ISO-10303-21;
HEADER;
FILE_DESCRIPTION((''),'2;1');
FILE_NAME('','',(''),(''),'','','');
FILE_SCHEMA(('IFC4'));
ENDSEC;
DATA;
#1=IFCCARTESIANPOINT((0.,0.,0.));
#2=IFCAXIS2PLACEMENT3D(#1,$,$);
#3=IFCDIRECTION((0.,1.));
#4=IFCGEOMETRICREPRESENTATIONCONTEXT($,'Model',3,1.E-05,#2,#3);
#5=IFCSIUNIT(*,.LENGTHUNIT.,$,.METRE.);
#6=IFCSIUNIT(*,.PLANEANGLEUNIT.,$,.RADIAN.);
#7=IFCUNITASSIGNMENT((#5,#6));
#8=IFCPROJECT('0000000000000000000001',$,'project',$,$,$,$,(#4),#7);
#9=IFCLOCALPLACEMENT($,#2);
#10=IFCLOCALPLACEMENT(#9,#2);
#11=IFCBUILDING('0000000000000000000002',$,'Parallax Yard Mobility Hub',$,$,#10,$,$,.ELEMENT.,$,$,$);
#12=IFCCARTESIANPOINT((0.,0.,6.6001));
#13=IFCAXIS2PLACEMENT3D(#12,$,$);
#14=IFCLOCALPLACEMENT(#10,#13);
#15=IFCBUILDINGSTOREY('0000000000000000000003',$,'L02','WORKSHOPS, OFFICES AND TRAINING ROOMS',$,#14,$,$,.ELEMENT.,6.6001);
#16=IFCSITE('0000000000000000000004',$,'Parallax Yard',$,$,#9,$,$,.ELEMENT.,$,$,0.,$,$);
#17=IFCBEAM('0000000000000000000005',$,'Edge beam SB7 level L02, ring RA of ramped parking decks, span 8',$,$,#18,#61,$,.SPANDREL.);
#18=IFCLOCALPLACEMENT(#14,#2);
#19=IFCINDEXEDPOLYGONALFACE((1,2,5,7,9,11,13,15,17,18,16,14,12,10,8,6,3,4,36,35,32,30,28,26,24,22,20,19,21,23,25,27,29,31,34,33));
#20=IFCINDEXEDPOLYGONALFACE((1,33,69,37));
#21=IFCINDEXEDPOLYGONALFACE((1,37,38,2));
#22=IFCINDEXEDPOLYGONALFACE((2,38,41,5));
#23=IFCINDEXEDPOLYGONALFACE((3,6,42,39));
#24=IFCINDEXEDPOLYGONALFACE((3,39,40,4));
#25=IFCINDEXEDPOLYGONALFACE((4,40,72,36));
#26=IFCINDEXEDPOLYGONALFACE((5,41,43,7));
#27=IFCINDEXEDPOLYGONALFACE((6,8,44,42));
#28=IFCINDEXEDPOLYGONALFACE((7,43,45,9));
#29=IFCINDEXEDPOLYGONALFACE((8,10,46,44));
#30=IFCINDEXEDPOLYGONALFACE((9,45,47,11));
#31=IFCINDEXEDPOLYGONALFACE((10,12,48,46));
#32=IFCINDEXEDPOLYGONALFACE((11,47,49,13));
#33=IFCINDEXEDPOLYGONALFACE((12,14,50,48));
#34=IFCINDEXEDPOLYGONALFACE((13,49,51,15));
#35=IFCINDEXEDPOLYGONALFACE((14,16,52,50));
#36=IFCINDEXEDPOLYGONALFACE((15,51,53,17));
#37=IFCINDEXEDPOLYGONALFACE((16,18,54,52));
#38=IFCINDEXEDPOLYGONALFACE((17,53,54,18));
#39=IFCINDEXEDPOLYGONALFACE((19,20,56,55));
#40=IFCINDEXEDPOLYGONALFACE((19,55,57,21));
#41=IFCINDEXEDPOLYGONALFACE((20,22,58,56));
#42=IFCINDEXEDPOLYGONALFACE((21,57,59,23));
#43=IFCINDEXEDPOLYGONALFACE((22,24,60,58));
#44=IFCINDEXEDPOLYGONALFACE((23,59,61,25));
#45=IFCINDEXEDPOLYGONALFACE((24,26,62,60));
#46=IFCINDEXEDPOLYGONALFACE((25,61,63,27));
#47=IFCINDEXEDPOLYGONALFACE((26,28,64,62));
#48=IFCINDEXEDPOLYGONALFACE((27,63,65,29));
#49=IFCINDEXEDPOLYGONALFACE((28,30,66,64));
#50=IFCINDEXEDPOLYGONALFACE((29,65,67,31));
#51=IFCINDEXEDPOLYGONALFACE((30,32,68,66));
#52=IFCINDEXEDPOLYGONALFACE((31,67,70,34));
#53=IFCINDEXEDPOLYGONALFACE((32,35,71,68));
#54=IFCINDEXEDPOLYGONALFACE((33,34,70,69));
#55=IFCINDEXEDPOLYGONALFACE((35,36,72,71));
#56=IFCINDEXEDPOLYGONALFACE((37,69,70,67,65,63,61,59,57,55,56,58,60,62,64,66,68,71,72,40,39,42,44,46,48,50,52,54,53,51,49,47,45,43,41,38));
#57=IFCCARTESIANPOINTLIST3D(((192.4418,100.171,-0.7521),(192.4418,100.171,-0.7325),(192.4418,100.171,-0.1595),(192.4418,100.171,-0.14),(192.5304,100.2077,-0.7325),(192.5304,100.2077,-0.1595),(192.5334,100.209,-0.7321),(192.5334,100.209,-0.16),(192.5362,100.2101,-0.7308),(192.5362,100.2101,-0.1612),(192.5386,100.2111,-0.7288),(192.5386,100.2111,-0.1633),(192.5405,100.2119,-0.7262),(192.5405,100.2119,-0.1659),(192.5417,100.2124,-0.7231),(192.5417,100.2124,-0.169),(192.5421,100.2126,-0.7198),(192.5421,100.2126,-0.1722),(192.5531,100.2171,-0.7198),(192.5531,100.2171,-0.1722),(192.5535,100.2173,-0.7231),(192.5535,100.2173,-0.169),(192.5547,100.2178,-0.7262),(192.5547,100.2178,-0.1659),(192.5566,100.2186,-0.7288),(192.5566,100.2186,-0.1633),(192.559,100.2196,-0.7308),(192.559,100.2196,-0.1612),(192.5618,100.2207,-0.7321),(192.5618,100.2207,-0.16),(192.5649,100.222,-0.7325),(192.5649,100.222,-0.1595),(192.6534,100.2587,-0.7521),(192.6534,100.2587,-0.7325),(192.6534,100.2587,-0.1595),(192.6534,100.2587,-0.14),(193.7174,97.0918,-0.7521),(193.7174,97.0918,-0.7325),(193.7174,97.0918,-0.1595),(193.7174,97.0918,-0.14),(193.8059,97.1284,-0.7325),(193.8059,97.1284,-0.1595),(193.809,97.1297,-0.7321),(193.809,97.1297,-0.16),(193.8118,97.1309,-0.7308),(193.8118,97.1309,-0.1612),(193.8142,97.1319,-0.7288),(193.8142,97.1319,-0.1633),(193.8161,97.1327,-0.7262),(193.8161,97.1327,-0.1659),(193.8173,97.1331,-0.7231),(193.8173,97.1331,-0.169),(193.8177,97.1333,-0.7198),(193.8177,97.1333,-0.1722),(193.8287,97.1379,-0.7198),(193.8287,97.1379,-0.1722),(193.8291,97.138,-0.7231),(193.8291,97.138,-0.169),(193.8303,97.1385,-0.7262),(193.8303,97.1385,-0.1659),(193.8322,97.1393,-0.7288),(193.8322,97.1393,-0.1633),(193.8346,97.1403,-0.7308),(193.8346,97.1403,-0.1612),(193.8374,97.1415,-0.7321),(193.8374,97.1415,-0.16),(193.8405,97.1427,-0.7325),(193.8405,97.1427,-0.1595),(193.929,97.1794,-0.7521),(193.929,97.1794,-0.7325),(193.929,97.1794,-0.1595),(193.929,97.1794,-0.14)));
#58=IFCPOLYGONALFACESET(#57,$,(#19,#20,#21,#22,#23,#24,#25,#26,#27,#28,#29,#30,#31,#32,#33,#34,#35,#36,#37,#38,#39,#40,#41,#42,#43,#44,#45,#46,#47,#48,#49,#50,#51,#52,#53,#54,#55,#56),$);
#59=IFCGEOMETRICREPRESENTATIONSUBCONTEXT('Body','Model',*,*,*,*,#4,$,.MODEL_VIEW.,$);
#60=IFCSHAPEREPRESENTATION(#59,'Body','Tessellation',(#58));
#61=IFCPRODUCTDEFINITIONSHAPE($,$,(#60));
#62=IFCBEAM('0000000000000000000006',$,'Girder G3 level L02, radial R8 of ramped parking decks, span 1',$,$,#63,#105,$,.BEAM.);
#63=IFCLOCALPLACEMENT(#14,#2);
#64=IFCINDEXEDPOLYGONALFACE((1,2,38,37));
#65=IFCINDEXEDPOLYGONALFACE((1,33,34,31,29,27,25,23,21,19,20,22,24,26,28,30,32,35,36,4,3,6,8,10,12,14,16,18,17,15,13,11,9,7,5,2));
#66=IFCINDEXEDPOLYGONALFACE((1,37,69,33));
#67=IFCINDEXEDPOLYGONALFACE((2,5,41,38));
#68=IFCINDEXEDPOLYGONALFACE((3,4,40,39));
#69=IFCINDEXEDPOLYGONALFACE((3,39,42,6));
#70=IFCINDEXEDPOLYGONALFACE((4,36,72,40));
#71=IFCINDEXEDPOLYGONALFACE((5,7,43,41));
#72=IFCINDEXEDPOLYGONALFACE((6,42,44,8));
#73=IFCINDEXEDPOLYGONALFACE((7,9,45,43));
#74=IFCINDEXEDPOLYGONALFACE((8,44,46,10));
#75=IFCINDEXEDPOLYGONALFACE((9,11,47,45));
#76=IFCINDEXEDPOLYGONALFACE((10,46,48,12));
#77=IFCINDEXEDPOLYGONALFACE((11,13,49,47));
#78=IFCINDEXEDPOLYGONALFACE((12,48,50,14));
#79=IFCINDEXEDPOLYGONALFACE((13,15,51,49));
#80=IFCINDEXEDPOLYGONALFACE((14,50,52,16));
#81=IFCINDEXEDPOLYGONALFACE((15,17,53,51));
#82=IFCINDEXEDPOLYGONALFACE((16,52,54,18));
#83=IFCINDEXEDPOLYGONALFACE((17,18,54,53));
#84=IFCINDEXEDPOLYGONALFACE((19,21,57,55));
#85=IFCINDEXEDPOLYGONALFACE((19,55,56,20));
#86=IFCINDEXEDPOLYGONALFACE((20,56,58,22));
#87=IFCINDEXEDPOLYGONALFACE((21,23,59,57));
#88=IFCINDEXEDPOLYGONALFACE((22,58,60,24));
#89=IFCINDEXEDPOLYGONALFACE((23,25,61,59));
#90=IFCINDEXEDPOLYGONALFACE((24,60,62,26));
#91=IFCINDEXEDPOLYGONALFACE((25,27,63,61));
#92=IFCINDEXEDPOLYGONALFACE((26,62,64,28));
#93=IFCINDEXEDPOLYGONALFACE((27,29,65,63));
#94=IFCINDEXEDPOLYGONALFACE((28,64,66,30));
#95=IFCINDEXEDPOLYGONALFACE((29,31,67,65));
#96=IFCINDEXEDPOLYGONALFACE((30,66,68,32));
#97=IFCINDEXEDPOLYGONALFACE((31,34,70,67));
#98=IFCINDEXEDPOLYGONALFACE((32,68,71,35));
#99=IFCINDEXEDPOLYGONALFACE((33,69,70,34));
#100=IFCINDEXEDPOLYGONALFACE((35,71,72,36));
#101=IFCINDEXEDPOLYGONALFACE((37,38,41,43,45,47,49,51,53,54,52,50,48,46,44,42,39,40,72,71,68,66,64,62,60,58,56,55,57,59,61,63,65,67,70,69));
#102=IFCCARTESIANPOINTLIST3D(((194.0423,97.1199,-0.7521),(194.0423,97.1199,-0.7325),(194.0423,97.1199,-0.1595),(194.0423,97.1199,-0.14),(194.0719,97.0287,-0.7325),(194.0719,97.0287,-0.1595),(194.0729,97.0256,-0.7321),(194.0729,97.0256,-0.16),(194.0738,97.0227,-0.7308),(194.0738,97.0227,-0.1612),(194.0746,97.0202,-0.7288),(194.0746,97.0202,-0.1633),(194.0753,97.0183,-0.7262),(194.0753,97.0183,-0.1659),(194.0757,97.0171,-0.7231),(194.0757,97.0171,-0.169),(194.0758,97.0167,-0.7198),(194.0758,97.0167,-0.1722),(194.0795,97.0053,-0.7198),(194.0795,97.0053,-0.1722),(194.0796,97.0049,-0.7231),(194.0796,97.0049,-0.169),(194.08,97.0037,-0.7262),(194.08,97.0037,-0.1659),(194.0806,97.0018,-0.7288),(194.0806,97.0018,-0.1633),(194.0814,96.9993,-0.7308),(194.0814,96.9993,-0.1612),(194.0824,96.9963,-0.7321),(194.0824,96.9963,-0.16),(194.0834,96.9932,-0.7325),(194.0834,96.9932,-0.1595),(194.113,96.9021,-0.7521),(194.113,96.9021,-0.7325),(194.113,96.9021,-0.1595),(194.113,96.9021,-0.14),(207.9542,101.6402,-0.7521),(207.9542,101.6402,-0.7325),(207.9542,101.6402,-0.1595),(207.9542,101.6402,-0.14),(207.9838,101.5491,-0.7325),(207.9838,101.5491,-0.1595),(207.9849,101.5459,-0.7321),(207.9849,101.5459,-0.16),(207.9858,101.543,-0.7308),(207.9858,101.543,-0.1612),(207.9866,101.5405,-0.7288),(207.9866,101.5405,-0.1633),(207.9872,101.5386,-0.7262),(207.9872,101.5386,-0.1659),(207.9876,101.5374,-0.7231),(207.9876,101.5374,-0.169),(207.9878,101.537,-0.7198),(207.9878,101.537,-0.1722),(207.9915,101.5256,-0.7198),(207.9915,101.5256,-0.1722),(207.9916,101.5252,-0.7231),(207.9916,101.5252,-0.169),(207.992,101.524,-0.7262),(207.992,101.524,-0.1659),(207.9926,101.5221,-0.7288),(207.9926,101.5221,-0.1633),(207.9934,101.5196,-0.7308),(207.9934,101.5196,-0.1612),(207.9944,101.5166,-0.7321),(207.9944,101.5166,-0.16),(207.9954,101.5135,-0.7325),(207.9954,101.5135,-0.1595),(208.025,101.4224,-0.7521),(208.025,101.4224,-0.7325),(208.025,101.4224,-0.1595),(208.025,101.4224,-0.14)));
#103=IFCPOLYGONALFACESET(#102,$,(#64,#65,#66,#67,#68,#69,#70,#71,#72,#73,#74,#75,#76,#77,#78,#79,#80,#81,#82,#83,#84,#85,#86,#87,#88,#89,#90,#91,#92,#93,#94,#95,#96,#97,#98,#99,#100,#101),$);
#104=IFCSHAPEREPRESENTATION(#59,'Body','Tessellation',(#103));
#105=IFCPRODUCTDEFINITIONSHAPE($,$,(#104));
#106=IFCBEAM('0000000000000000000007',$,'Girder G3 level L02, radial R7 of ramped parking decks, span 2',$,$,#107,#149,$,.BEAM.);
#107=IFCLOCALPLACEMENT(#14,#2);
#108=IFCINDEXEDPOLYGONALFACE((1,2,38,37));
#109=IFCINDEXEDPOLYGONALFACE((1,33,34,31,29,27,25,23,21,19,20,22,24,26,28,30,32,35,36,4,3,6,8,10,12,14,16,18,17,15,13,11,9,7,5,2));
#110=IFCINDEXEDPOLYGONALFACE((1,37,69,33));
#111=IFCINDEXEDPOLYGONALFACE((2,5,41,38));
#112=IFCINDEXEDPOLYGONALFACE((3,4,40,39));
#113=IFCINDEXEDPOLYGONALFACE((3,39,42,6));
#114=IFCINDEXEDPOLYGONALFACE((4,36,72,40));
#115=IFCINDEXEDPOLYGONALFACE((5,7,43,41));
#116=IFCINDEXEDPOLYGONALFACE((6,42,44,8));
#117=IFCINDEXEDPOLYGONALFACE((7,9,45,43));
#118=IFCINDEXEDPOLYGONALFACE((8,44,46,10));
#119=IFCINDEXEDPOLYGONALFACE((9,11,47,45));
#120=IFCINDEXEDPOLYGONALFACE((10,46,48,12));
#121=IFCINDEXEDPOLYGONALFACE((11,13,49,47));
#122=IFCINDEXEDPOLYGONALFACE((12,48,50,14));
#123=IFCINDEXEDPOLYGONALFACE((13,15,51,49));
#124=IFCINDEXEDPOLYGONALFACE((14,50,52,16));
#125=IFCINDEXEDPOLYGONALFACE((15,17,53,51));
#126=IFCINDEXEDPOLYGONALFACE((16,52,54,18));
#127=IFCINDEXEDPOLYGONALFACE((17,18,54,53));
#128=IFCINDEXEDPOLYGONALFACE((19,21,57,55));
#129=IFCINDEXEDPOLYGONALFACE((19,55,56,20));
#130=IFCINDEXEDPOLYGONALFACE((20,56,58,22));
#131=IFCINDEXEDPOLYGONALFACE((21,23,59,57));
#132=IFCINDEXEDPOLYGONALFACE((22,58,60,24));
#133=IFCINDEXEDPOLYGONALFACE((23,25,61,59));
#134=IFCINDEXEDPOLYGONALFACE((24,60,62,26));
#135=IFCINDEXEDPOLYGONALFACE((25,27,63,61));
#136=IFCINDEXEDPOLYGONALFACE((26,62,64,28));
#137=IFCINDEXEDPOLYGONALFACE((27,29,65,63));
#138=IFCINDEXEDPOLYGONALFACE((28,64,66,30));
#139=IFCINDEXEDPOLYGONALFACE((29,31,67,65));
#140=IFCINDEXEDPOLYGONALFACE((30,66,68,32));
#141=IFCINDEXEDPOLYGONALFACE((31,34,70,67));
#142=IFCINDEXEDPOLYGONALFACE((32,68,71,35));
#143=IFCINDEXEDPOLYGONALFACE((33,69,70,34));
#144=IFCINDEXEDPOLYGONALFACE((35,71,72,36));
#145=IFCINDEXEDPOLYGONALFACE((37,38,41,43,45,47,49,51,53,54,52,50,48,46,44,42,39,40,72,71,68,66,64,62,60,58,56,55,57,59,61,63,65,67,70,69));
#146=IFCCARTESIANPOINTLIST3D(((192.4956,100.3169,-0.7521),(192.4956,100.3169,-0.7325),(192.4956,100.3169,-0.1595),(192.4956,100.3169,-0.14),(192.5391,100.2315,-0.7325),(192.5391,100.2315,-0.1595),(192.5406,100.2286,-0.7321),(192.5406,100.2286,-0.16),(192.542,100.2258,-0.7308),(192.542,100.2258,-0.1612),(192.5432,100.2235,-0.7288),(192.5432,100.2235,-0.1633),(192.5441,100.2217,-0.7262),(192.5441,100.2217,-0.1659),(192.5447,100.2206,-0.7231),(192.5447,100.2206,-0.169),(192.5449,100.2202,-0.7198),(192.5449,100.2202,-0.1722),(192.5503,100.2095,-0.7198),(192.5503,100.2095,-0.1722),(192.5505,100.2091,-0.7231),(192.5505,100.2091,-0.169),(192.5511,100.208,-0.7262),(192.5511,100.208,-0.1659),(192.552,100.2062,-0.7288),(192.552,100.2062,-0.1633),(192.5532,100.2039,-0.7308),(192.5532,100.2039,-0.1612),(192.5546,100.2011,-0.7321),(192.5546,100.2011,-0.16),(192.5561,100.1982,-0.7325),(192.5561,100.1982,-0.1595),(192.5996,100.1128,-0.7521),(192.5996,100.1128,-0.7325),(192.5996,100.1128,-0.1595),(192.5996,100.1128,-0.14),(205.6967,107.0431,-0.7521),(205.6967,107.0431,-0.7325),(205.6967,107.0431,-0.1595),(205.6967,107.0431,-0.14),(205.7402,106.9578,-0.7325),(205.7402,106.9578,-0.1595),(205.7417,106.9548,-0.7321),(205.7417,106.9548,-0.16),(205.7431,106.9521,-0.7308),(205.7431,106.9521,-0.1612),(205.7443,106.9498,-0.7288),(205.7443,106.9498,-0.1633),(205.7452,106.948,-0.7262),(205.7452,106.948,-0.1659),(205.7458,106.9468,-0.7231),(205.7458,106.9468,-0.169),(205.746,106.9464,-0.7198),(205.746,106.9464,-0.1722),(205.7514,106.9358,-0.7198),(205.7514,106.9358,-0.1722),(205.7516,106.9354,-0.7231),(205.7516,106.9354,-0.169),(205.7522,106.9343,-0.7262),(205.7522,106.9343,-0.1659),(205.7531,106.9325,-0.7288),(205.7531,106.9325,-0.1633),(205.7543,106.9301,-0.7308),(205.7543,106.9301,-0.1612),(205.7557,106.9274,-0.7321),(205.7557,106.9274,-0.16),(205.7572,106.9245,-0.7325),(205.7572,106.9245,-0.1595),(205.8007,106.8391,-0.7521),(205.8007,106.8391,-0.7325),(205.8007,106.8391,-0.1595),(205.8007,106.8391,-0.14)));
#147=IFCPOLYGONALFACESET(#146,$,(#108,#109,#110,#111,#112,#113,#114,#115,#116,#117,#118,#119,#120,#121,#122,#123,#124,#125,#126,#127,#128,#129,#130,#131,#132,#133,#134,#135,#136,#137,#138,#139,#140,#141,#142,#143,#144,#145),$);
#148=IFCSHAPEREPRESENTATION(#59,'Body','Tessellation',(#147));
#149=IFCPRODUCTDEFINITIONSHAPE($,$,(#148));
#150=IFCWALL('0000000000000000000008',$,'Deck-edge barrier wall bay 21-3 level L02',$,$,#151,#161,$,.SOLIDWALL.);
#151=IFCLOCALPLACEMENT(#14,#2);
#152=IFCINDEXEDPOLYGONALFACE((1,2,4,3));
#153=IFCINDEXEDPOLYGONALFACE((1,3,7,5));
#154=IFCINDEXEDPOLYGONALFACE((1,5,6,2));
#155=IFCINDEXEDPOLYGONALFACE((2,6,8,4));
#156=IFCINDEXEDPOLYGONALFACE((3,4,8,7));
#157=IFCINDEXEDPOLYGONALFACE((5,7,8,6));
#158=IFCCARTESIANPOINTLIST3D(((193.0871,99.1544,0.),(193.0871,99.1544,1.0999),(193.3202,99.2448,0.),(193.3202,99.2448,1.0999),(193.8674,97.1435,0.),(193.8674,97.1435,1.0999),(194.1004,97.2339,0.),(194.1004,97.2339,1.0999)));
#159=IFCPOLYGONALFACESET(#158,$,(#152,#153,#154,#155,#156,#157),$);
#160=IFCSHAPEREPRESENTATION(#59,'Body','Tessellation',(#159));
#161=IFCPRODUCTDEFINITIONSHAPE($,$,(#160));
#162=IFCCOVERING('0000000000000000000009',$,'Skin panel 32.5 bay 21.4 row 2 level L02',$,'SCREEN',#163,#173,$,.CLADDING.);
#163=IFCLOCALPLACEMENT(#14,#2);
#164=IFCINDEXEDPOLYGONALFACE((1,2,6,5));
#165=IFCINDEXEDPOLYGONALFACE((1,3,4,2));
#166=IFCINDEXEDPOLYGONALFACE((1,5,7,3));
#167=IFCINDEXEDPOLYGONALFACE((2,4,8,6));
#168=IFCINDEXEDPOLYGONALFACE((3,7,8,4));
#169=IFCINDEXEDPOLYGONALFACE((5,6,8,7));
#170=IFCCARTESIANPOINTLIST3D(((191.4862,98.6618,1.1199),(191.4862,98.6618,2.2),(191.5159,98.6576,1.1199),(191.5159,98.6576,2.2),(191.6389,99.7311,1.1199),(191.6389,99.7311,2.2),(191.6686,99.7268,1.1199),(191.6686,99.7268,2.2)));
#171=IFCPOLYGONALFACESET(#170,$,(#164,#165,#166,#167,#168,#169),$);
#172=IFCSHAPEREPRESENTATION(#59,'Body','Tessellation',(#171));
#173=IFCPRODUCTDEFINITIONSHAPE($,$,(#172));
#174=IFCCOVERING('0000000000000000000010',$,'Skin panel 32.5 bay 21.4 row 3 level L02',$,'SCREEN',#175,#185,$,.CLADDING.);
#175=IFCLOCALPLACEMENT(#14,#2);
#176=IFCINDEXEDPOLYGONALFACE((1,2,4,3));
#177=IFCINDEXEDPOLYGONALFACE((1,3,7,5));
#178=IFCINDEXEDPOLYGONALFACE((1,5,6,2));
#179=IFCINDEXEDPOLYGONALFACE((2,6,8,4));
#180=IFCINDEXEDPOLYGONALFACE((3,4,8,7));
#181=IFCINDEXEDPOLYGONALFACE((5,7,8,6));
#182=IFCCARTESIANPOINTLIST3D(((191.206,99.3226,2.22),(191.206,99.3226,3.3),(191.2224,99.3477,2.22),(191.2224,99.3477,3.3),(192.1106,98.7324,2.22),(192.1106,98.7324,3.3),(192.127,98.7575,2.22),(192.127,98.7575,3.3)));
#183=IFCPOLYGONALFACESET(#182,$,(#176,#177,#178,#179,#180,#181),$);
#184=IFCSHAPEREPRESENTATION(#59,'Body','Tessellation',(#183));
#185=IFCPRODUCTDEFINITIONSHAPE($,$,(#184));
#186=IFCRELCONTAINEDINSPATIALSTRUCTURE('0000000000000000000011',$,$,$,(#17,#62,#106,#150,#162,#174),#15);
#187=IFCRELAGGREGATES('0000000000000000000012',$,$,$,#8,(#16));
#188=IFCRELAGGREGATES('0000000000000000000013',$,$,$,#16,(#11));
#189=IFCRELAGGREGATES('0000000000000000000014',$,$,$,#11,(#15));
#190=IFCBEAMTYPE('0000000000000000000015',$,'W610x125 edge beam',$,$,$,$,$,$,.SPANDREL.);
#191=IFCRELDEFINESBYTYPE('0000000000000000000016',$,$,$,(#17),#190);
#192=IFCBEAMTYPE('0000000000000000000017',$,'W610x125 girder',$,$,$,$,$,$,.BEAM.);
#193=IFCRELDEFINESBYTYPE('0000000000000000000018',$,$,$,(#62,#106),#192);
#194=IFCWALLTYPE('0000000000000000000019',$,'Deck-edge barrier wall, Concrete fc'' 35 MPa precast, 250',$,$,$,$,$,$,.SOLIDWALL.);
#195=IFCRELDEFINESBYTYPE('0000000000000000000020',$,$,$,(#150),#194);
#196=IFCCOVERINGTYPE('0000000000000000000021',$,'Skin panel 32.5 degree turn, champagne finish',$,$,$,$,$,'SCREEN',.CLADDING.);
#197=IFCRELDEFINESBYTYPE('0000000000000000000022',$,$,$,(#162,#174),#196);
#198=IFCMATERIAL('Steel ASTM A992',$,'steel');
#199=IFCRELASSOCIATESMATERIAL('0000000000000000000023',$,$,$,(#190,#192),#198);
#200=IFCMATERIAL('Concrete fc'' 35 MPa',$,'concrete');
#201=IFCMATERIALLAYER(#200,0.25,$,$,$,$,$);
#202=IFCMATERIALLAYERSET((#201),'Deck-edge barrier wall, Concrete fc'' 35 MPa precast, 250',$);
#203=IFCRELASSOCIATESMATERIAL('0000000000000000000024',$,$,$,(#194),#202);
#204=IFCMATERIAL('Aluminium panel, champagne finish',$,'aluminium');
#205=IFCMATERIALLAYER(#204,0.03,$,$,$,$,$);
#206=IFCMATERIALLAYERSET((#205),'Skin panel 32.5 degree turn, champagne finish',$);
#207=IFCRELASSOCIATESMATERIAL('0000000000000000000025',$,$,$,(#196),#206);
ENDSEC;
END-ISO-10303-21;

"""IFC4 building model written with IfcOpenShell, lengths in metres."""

from ifc_helpers import new_model, si_unit, direction, frame, frame_2d, origin, origin_2d, place, context, subcontext, project, spatial, rectangle, i_section, extrude, material, layer, layer_set, material_profile, profile_set, type_object, element, save


model = new_model("IFC4")

# Units and contexts
model_context = context("Model", 3, precision=1e-05, world=origin(), true_north=direction((0.0, 1.0)))
body_context = subcontext(model_context, "Body", "Model", "MODEL_VIEW")
ifc_project = project(units=[si_unit("LENGTHUNIT", "METRE"), si_unit("PLANEANGLEUNIT", "RADIAN")], contexts=[model_context])

# Site, building, storey
site_placement = place(None, origin())
site = spatial("IfcSite", under=ifc_project, at=site_placement, Name="Parallax Yard", CompositionType="ELEMENT", RefElevation=0.0)
building_placement = place(site_placement, origin())
building = spatial("IfcBuilding", under=site, at=building_placement, Name="Parallax Yard Mobility Hub", CompositionType="ELEMENT")
storey_placement = place(building_placement, frame((0.0, 0.0, 6.6001)))
storey = spatial("IfcBuildingStorey", under=building, at=storey_placement, Name="L02", Description="WORKSHOPS, OFFICES AND TRAINING ROOMS", CompositionType="ELEMENT", Elevation=6.6001)

# Shared definitions
ifc_material_1 = material(Name="Steel ASTM A992", Category="steel")

# Beams
ifc_material_profile_1 = material_profile(ifc_material_1, i_section(OverallWidth=0.229, OverallDepth=0.6121, WebThickness=0.012, FlangeThickness=0.0195, FilletRadius=0.0127, at=origin_2d()), Name="W610x125")
ifc_profile_set_1 = profile_set([ifc_material_profile_1], Name="Steel ASTM A992")
beam_type_1 = type_object("IfcBeamType", Name="W610x125 edge beam", PredefinedType="SPANDREL", material=ifc_profile_set_1)
beam_1_placement = place(storey_placement, frame((192.5476, 100.2148, -0.446), z_axis=(0.382716, -0.923866, 0.0), x_axis=(0.923866, 0.382716, 0.0)))
element("IfcBeam", 1, at=beam_1_placement, inside=storey, type_object=beam_type_1, Name="Edge beam SB7 level L02, ring RA of ramped parking decks, span 8", PredefinedType="SPANDREL", context=body_context, shape_type="SweptSolid", body=[
    extrude(i_section(OverallWidth=0.229, OverallDepth=0.6121, WebThickness=0.012, FlangeThickness=0.0195, FilletRadius=0.0127, at=origin_2d()), origin(), (0.0, 0.0, 1.0), 3.333),
])
ifc_material_profile_2 = material_profile(ifc_material_1, i_section(OverallWidth=0.229, OverallDepth=0.6121, WebThickness=0.012, FlangeThickness=0.0195, FilletRadius=0.0127, at=origin_2d()), Name="W610x125")
ifc_profile_set_2 = profile_set([ifc_material_profile_2], Name="Steel ASTM A992")
beam_type_2 = type_object("IfcBeamType", Name="W610x125 girder", PredefinedType="BEAM", material=ifc_profile_set_2)
beam_2_placement = place(storey_placement, frame((194.0776, 97.011, -0.446), z_axis=(0.951056, 0.309019, 0.0), x_axis=(-0.309019, 0.951056, 0.0)))
element("IfcBeam", 2, at=beam_2_placement, inside=storey, type_object=beam_type_2, Name="Girder G3 level L02, radial R8 of ramped parking decks, span 1", PredefinedType="BEAM", context=body_context, shape_type="SweptSolid", body=[
    extrude(i_section(OverallWidth=0.229, OverallDepth=0.6121, WebThickness=0.012, FlangeThickness=0.0195, FilletRadius=0.0127, at=origin_2d()), origin(), (0.0, 0.0, 1.0), 14.6279),
])
beam_3_placement = place(storey_placement, frame((192.5476, 100.2148, -0.446), z_axis=(0.891007, 0.45399, 0.0), x_axis=(-0.45399, 0.891007, 0.0)))
element("IfcBeam", 3, at=beam_3_placement, inside=storey, type_object=beam_type_2, Name="Girder G3 level L02, radial R7 of ramped parking decks, span 2", PredefinedType="BEAM", context=body_context, shape_type="SweptSolid", body=[
    extrude(i_section(OverallWidth=0.229, OverallDepth=0.6121, WebThickness=0.012, FlangeThickness=0.0195, FilletRadius=0.0127, at=origin_2d()), origin(), (0.0, 0.0, 1.0), 14.8159),
])

# Wall
ifc_material_2 = material(Name="Concrete fc' 35 MPa", Category="concrete")
ifc_layer_1 = layer(ifc_material_2, 0.25)
ifc_layer_set_1 = layer_set([ifc_layer_1], Name="Deck-edge barrier wall, Concrete fc' 35 MPa precast, 250")
wall_type = type_object("IfcWallType", Name="Deck-edge barrier wall, Concrete fc' 35 MPa precast, 250", PredefinedType="SOLIDWALL", material=ifc_layer_set_1)
wall_placement = place(storey_placement, frame((193.2036, 99.1997, 0.0), z_axis=(0.0, 0.0, 1.0), x_axis=(0.361731, -0.932283, 0.0)))
element("IfcWall", 4, at=wall_placement, inside=storey, type_object=wall_type, Name="Deck-edge barrier wall bay 21-3 level L02", PredefinedType="SOLIDWALL", context=body_context, shape_type="SweptSolid", body=[
    extrude(rectangle(XDim=2.157, YDim=0.25, at=frame_2d((1.0786, 0.0))), origin(), (0.0, 0.0, 1.0), 1.0999),
])

# Coverings
ifc_material_3 = material(Name="Aluminium panel, champagne finish", Category="aluminium")
ifc_layer_2 = layer(ifc_material_3, 0.03)
ifc_layer_set_2 = layer_set([ifc_layer_2], Name="Skin panel 32.5 degree turn, champagne finish")
covering_type_1 = type_object("IfcCoveringType", Name="Skin panel 32.5 degree turn, champagne finish", ElementType="SCREEN", PredefinedType="CLADDING", material=ifc_layer_set_2)
for number, where, z_axis, x_axis, name in (
    (5, (191.5774, 99.1943, 1.1199), (0.0, 0.0, 1.0), (-0.141333, -0.989962, 0.0), "Skin panel 32.5 bay 21.4 row 2 level L02"),
    (6, (191.6665, 99.04, 2.22), (0.0, 0.0, 1.0), (-0.83748, 0.546467, 0.0), "Skin panel 32.5 bay 21.4 row 3 level L02"),
):
    element("IfcCovering", number, at=place(storey_placement, frame(where, z_axis=z_axis, x_axis=x_axis)), inside=storey, type_object=covering_type_1, Name=name, ObjectType="SCREEN", PredefinedType="CLADDING", context=body_context, shape_type="SweptSolid", body=[
        extrude(rectangle(XDim=1.0801, YDim=0.03, at=origin_2d()), origin(), (0.0, 0.0, 1.0), 1.0801),
    ])

save(model, "model.ifc")
